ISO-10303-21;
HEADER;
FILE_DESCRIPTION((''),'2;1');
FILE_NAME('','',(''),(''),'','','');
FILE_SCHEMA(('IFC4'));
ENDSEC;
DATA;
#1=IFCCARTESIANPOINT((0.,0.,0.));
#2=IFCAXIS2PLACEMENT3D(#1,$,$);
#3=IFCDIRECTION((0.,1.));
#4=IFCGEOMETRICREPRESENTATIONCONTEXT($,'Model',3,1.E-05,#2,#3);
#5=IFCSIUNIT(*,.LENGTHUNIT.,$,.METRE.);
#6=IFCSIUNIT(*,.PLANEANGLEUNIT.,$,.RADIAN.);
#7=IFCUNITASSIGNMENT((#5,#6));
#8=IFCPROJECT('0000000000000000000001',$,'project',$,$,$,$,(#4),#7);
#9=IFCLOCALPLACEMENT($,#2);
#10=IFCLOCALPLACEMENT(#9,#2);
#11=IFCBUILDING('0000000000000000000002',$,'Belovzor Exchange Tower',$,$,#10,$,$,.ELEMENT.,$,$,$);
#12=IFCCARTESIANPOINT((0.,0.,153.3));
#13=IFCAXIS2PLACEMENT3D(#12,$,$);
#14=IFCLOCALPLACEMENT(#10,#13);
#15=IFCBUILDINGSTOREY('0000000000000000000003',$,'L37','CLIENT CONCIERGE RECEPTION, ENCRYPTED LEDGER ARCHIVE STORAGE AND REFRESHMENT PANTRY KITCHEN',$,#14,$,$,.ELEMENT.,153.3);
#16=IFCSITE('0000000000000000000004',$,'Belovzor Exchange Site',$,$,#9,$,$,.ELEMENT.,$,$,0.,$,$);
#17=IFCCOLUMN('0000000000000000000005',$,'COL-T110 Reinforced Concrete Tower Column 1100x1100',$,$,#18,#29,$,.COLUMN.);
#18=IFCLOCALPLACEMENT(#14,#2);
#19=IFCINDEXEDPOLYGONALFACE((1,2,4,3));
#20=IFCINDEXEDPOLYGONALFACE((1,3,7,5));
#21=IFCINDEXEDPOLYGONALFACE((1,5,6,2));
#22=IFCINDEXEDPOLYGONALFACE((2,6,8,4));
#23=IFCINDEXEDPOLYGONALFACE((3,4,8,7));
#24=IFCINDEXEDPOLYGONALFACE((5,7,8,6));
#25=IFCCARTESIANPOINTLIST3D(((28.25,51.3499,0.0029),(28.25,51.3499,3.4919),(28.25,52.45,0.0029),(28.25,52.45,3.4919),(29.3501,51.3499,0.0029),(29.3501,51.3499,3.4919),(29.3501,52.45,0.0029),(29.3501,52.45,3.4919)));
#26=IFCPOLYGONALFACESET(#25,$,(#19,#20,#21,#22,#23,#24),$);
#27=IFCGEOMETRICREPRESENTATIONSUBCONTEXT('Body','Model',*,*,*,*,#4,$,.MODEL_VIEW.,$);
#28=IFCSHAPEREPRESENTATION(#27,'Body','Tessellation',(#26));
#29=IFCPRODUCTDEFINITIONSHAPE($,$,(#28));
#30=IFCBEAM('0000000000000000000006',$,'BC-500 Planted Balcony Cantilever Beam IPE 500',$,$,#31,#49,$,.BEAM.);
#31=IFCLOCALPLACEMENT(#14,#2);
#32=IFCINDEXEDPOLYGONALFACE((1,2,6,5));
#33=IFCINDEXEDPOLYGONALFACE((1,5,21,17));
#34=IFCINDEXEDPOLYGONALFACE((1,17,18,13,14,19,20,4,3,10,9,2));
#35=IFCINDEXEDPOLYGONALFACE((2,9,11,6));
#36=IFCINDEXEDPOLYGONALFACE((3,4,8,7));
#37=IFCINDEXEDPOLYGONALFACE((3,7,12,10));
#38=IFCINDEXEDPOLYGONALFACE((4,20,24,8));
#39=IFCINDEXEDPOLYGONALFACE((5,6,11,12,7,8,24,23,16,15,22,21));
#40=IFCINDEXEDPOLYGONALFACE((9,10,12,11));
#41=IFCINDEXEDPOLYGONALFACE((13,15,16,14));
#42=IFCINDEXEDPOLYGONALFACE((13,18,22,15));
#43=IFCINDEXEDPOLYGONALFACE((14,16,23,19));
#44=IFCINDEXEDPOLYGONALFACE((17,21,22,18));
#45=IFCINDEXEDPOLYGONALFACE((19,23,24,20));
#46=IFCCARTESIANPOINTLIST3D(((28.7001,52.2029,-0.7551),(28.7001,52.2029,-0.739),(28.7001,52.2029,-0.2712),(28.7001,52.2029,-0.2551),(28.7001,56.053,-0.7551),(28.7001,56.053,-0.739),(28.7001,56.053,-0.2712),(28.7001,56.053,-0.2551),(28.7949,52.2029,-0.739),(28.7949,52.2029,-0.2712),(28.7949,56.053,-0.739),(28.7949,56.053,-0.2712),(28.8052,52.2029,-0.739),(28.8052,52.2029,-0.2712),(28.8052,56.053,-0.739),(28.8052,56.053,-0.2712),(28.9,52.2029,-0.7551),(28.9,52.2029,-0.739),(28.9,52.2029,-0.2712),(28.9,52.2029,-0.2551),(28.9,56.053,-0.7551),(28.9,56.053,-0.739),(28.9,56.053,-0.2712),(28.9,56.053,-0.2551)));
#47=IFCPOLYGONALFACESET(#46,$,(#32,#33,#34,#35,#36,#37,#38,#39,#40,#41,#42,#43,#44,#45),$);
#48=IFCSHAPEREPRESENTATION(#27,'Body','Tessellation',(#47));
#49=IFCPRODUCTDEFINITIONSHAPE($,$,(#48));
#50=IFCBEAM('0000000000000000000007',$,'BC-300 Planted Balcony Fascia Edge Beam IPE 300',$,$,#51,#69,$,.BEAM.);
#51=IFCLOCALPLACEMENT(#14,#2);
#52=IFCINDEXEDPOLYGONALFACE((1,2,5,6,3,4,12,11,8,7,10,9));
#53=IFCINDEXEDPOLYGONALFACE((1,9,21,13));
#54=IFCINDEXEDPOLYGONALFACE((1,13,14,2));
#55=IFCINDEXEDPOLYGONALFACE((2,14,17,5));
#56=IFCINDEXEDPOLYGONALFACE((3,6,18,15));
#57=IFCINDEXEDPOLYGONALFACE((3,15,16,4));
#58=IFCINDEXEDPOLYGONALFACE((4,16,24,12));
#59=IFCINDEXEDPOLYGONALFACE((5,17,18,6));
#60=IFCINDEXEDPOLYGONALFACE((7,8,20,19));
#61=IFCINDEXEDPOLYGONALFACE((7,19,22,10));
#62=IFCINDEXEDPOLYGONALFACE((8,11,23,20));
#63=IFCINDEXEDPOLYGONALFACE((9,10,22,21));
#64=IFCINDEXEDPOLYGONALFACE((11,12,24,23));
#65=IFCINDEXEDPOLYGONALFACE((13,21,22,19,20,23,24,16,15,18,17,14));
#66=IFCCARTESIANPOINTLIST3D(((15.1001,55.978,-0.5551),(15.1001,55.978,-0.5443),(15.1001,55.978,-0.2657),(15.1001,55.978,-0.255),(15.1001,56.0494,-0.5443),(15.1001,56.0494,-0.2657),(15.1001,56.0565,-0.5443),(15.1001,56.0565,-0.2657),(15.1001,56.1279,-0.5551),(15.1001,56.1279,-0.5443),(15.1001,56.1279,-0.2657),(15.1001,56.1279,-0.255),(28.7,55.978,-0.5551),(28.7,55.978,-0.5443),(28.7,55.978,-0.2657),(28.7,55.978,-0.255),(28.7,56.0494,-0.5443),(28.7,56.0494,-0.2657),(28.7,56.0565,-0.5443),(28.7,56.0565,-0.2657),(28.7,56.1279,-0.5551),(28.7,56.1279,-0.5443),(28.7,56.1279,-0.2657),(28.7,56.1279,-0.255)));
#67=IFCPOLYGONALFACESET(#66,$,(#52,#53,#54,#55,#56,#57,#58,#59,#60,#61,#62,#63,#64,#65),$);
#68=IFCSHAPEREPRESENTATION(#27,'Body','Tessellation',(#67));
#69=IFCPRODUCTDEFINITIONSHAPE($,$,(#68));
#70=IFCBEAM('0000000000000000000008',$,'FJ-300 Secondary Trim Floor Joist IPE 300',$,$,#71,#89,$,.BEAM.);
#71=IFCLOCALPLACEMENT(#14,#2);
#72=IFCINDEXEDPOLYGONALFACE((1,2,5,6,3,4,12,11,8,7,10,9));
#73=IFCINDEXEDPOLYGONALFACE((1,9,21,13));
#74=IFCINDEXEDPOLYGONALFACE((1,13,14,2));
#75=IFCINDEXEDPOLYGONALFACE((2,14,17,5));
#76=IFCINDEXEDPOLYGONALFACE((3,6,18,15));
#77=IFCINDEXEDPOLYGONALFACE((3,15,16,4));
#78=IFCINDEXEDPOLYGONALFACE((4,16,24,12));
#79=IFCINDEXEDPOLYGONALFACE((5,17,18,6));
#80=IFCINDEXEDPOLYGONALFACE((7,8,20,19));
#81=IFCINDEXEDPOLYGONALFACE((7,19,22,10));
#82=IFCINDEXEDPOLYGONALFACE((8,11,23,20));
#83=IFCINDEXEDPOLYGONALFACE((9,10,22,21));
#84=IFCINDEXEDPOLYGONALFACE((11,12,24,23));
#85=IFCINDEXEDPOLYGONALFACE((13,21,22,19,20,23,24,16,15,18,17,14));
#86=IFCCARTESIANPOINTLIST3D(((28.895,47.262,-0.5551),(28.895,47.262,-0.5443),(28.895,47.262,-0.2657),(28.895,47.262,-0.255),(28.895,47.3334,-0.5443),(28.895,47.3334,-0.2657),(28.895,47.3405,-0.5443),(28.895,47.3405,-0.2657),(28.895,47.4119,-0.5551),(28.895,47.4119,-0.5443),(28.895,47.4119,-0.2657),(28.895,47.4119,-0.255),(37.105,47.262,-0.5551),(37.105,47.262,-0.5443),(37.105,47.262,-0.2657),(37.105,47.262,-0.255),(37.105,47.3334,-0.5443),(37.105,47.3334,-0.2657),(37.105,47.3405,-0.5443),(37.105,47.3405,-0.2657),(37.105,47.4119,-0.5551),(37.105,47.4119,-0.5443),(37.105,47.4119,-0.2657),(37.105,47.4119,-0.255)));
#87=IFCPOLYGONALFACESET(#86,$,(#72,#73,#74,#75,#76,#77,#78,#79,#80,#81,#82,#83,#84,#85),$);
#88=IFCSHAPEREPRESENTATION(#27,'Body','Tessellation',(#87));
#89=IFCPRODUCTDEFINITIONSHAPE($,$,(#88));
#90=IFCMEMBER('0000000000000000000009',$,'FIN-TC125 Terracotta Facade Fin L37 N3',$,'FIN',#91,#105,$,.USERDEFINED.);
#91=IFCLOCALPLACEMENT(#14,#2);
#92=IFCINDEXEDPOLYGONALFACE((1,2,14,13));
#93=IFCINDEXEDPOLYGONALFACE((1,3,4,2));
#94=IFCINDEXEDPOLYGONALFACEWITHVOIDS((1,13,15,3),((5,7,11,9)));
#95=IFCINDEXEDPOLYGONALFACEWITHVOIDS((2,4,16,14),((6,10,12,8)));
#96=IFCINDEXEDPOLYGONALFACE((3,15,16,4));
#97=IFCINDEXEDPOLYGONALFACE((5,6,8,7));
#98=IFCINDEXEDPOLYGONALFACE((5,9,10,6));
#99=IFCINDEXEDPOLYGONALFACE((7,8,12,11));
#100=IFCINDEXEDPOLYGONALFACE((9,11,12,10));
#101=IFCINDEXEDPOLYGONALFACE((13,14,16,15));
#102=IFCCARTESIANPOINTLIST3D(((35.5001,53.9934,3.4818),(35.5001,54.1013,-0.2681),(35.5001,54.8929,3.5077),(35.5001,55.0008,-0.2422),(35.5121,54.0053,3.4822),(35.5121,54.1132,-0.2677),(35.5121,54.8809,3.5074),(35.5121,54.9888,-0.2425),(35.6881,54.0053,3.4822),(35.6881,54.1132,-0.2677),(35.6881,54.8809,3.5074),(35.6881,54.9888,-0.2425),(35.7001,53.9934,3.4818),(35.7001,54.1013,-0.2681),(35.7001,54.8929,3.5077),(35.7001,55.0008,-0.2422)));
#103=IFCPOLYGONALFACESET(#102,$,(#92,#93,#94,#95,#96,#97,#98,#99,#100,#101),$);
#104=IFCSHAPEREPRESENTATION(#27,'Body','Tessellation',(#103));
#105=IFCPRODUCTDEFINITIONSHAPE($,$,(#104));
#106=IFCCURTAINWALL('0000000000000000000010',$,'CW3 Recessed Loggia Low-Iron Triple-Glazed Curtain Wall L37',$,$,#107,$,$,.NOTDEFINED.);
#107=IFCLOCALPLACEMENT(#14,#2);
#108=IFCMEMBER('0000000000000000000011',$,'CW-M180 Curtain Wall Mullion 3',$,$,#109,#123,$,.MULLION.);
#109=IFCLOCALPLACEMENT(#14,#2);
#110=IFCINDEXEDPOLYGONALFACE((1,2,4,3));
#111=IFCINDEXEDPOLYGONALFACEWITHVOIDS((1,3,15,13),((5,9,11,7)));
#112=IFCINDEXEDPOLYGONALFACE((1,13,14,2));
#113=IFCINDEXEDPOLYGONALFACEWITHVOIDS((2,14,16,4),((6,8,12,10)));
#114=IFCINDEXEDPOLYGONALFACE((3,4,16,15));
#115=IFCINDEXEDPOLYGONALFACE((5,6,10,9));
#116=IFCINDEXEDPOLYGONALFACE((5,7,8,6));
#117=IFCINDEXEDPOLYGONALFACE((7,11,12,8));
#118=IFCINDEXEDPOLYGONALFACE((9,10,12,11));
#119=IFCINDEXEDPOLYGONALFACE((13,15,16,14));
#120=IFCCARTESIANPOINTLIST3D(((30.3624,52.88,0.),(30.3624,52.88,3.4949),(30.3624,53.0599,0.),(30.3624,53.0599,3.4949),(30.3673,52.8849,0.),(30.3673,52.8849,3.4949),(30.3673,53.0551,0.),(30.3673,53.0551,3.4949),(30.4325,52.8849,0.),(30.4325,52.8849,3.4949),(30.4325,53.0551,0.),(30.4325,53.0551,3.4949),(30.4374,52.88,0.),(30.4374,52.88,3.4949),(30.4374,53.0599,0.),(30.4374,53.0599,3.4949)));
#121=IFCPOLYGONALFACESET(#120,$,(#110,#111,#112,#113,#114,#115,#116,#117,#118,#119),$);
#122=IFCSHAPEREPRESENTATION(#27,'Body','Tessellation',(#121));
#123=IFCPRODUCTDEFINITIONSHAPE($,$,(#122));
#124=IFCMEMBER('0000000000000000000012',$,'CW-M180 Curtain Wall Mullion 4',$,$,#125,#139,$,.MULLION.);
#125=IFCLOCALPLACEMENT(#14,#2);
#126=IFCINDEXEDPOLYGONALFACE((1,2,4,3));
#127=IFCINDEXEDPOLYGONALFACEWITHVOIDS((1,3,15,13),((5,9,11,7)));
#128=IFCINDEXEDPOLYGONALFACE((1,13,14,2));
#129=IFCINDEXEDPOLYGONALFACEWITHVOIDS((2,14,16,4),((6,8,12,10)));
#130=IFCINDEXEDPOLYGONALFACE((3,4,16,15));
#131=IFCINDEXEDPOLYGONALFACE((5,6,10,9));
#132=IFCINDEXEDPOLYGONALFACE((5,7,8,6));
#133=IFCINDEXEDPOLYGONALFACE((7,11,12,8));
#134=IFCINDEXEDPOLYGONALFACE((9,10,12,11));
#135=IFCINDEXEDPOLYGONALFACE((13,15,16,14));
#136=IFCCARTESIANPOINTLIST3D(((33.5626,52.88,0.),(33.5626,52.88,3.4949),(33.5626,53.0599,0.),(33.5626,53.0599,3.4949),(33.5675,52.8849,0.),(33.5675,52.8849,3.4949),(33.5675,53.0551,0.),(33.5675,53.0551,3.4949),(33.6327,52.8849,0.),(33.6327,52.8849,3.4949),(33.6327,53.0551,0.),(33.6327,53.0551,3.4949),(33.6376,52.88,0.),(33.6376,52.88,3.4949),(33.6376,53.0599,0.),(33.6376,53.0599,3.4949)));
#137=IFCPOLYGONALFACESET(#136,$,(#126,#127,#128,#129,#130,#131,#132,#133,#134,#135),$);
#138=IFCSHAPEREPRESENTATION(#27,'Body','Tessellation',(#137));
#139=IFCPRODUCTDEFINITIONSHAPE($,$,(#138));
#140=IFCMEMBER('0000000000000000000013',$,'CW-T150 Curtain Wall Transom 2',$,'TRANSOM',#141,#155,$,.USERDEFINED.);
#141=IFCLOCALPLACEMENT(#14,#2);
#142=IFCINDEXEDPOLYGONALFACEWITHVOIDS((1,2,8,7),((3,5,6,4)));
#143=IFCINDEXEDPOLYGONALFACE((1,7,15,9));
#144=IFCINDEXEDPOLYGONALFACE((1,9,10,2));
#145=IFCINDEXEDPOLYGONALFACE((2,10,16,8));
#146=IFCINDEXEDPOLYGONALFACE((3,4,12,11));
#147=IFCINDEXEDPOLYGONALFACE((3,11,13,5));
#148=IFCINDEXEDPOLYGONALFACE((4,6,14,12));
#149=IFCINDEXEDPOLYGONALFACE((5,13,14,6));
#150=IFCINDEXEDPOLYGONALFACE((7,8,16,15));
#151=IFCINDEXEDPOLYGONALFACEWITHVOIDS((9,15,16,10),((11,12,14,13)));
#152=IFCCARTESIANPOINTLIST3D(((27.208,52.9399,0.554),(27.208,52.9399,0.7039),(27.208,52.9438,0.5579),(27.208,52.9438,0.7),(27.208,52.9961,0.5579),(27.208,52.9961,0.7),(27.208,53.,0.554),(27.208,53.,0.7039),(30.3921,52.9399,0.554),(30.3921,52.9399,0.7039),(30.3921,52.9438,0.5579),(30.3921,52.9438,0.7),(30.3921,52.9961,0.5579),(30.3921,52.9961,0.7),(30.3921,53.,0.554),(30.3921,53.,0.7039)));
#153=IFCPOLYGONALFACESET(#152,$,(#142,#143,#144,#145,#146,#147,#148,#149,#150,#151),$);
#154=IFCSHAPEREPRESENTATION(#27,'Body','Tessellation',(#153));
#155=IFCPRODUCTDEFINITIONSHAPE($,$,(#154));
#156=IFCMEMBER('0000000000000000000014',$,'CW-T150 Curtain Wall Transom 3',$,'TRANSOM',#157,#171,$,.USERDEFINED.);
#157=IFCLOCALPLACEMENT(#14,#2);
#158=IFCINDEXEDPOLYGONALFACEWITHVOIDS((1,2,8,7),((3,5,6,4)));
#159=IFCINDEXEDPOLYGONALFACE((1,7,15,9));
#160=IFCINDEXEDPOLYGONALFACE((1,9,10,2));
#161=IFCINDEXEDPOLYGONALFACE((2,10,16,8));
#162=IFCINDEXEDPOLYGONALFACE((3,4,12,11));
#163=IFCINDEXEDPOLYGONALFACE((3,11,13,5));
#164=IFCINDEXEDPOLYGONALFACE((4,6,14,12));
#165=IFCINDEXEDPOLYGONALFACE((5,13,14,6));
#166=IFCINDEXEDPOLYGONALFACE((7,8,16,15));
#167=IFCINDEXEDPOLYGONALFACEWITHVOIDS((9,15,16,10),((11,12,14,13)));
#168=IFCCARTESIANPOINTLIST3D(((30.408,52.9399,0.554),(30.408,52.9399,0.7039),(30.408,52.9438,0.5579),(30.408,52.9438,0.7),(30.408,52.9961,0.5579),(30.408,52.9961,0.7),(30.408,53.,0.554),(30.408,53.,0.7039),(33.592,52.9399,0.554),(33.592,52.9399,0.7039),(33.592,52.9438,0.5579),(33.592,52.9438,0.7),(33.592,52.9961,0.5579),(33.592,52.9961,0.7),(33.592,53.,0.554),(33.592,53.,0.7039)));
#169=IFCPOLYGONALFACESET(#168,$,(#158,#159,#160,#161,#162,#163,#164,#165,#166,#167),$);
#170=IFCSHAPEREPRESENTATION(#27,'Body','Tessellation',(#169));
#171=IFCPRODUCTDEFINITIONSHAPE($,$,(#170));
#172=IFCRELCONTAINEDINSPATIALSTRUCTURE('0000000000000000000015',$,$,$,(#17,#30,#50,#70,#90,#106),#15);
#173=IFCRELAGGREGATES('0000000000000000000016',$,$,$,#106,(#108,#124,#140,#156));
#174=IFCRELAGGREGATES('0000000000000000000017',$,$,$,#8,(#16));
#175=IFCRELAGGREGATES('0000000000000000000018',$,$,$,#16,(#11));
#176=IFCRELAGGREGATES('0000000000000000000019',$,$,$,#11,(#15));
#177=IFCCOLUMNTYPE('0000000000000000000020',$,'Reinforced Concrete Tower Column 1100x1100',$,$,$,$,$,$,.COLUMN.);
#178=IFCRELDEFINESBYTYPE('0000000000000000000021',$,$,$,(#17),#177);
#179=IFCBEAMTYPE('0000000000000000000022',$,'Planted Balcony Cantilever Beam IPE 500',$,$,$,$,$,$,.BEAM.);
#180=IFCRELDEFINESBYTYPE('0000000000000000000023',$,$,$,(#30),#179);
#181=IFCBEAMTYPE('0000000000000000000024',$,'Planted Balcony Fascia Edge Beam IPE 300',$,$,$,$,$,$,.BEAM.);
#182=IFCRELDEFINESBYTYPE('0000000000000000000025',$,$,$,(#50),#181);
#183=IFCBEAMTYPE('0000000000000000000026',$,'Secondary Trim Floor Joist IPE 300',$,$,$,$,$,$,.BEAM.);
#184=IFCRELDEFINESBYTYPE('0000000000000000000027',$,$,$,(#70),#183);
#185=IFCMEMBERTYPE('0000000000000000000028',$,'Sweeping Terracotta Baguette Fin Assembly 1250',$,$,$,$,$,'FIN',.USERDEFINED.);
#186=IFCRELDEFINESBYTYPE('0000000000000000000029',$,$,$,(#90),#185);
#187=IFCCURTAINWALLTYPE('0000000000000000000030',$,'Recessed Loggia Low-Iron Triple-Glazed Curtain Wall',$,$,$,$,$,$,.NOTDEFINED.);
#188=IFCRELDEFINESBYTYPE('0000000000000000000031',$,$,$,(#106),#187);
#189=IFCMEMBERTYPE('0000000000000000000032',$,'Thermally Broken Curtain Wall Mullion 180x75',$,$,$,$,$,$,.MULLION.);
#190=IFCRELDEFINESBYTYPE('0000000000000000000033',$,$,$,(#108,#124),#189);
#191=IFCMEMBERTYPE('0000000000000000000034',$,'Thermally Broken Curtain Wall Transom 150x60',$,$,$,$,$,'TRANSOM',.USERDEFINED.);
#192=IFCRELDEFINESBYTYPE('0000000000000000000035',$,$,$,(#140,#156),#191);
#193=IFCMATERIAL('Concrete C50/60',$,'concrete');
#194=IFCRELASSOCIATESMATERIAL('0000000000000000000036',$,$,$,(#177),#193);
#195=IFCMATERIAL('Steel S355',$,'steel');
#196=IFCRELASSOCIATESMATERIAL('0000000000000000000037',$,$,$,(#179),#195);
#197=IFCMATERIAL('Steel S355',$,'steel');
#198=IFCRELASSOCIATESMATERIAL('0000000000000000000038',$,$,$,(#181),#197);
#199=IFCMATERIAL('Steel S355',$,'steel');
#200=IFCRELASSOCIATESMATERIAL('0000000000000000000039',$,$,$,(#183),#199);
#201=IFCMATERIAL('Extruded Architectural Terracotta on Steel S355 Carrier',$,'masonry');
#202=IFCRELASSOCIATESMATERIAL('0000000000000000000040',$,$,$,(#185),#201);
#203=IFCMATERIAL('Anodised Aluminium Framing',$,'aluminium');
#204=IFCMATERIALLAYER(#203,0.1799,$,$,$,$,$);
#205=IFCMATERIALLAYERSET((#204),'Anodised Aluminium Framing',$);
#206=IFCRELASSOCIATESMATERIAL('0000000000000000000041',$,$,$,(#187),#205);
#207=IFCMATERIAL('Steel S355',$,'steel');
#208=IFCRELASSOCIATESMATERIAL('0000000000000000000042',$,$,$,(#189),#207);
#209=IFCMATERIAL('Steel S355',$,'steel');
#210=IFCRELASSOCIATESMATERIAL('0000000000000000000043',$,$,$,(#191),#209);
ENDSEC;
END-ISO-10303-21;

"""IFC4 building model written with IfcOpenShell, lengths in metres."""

from ifc_helpers import new_model, si_unit, direction, frame, origin, origin_2d, place, context, subcontext, project, spatial, rectangle, hollow_rectangle, i_section, extrude, material, layer, layer_set, material_profile, profile_set, type_object, element, aggregate, save


model = new_model("IFC4")

# Units and contexts
model_context = context("Model", 3, precision=1e-05, world=origin(), true_north=direction((0.0, 1.0)))
body_context = subcontext(model_context, "Body", "Model", "MODEL_VIEW")
ifc_project = project(units=[si_unit("LENGTHUNIT", "METRE"), si_unit("PLANEANGLEUNIT", "RADIAN")], contexts=[model_context])

# Site, building, storey
site_placement = place(None, origin())
site = spatial("IfcSite", under=ifc_project, at=site_placement, Name="Belovzor Exchange Site", CompositionType="ELEMENT", RefElevation=0.0)
building_placement = place(site_placement, origin())
building = spatial("IfcBuilding", under=site, at=building_placement, Name="Belovzor Exchange Tower", CompositionType="ELEMENT")
storey_placement = place(building_placement, frame((0.0, 0.0, 153.3)))
storey = spatial("IfcBuildingStorey", under=building, at=storey_placement, Name="L37", Description="CLIENT CONCIERGE RECEPTION, ENCRYPTED LEDGER ARCHIVE STORAGE AND REFRESHMENT PANTRY KITCHEN", CompositionType="ELEMENT", Elevation=153.3)

# Column
ifc_material_1 = material(Name="Concrete C50/60", Category="concrete")
ifc_material_profile_1 = material_profile(ifc_material_1, rectangle(XDim=1.1001, YDim=1.1001, at=origin_2d()))
ifc_profile_set_1 = profile_set([ifc_material_profile_1], Name="Concrete C50/60")
column_type = type_object("IfcColumnType", Name="Reinforced Concrete Tower Column 1100x1100", PredefinedType="COLUMN", material=ifc_profile_set_1)
column_placement = place(storey_placement, frame((28.8, 51.8999, 0.0029), z_axis=(0.0, 0.0, 1.0), x_axis=(1.0, 0.0, 0.0)))
element("IfcColumn", 1, at=column_placement, inside=storey, type_object=column_type, Name="COL-T110 Reinforced Concrete Tower Column 1100x1100", PredefinedType="COLUMN", context=body_context, shape_type="SweptSolid", body=[
    extrude(rectangle(XDim=1.1001, YDim=1.1001, at=origin_2d()), origin(), (0.0, 0.0, 1.0), 3.489),
])

# Beams
ifc_material_2 = material(Name="Steel S355", Category="steel")
ifc_material_profile_2 = material_profile(ifc_material_2, i_section(OverallWidth=0.2, OverallDepth=0.5, WebThickness=0.0103, FlangeThickness=0.0161, at=origin_2d()))
ifc_profile_set_2 = profile_set([ifc_material_profile_2], Name="Steel S355")
beam_type_1 = type_object("IfcBeamType", Name="Planted Balcony Cantilever Beam IPE 500", PredefinedType="BEAM", material=ifc_profile_set_2)
beam_1_placement = place(storey_placement, frame((28.8, 52.2029, -0.5051), z_axis=(0.0, 1.0, 0.0), x_axis=(-1.0, 0.0, 0.0)))
element("IfcBeam", 2, at=beam_1_placement, inside=storey, type_object=beam_type_1, Name="BC-500 Planted Balcony Cantilever Beam IPE 500", PredefinedType="BEAM", context=body_context, shape_type="SweptSolid", body=[
    extrude(i_section(OverallWidth=0.2, OverallDepth=0.5, WebThickness=0.0103, FlangeThickness=0.0161, at=origin_2d()), origin(), (0.0, 0.0, 1.0), 3.8501),
])
ifc_material_3 = material(Name="Steel S355", Category="steel")
ifc_material_profile_3 = material_profile(ifc_material_3, i_section(OverallWidth=0.1499, OverallDepth=0.3, WebThickness=0.0071, FlangeThickness=0.0107, at=origin_2d()))
ifc_profile_set_3 = profile_set([ifc_material_profile_3], Name="Steel S355")
beam_type_2 = type_object("IfcBeamType", Name="Planted Balcony Fascia Edge Beam IPE 300", PredefinedType="BEAM", material=ifc_profile_set_3)
beam_2_placement = place(storey_placement, frame((28.7, 56.053, -0.405), z_axis=(-1.0, 0.0, 0.0), x_axis=(0.0, -1.0, 0.0)))
element("IfcBeam", 3, at=beam_2_placement, inside=storey, type_object=beam_type_2, Name="BC-300 Planted Balcony Fascia Edge Beam IPE 300", PredefinedType="BEAM", context=body_context, shape_type="SweptSolid", body=[
    extrude(i_section(OverallWidth=0.1499, OverallDepth=0.3, WebThickness=0.0071, FlangeThickness=0.0107, at=origin_2d()), origin(), (0.0, 0.0, 1.0), 13.5999),
])
ifc_material_4 = material(Name="Steel S355", Category="steel")
ifc_material_profile_4 = material_profile(ifc_material_4, i_section(OverallWidth=0.1499, OverallDepth=0.3, WebThickness=0.0071, FlangeThickness=0.0107, at=origin_2d()))
ifc_profile_set_4 = profile_set([ifc_material_profile_4], Name="Steel S355")
beam_type_3 = type_object("IfcBeamType", Name="Secondary Trim Floor Joist IPE 300", PredefinedType="BEAM", material=ifc_profile_set_4)
beam_3_placement = place(storey_placement, frame((28.895, 47.3369, -0.405), z_axis=(1.0, 0.0, 0.0), x_axis=(0.0, 1.0, 0.0)))
element("IfcBeam", 4, at=beam_3_placement, inside=storey, type_object=beam_type_3, Name="FJ-300 Secondary Trim Floor Joist IPE 300", PredefinedType="BEAM", context=body_context, shape_type="SweptSolid", body=[
    extrude(i_section(OverallWidth=0.1499, OverallDepth=0.3, WebThickness=0.0071, FlangeThickness=0.0107, at=origin_2d()), origin(), (0.0, 0.0, 1.0), 8.21),
])

# Member
ifc_material_5 = material(Name="Extruded Architectural Terracotta on Steel S355 Carrier", Category="masonry")
ifc_material_profile_5 = material_profile(ifc_material_5, hollow_rectangle(XDim=0.2, YDim=0.8999, WallThickness=0.012, at=origin_2d()))
ifc_profile_set_5 = profile_set([ifc_material_profile_5], Name="Extruded Architectural Terracotta on Steel S355 Carrier")
member_type_1 = type_object("IfcMemberType", Name="Sweeping Terracotta Baguette Fin Assembly 1250", ElementType="FIN", PredefinedType="USERDEFINED", material=ifc_profile_set_5)
member_1_placement = place(storey_placement, frame((35.6001, 54.551, -0.2551), z_axis=(0.0, -0.028764, 0.999586), x_axis=(1.0, 0.0, 0.0)))
element("IfcMember", 5, at=member_1_placement, inside=storey, type_object=member_type_1, Name="FIN-TC125 Terracotta Facade Fin L37 N3", ObjectType="FIN", PredefinedType="USERDEFINED", context=body_context, shape_type="SweptSolid", body=[
    extrude(hollow_rectangle(XDim=0.2, YDim=0.8999, WallThickness=0.012, at=origin_2d()), origin(), (0.0, 0.0, 1.0), 3.7515),
])

# Curtain wall, members
ifc_material_6 = material(Name="Anodised Aluminium Framing", Category="aluminium")
ifc_layer_1 = layer(ifc_material_6, 0.1799)
ifc_layer_set_1 = layer_set([ifc_layer_1], Name="Anodised Aluminium Framing")
curtain_wall_type = type_object("IfcCurtainWallType", Name="Recessed Loggia Low-Iron Triple-Glazed Curtain Wall", PredefinedType="NOTDEFINED", material=ifc_layer_set_1)
curtain_wall_placement = place(storey_placement, origin())
curtain_wall = element("IfcCurtainWall", 6, at=curtain_wall_placement, inside=storey, type_object=curtain_wall_type, Name="CW3 Recessed Loggia Low-Iron Triple-Glazed Curtain Wall L37", PredefinedType="NOTDEFINED")
ifc_material_7 = material(Name="Steel S355", Category="steel")
ifc_material_profile_6 = material_profile(ifc_material_7, hollow_rectangle(XDim=0.075, YDim=0.1799, WallThickness=0.0049, at=origin_2d()))
ifc_profile_set_6 = profile_set([ifc_material_profile_6], Name="Steel S355")
member_type_2 = type_object("IfcMemberType", Name="Thermally Broken Curtain Wall Mullion 180x75", PredefinedType="MULLION", material=ifc_profile_set_6)
member_2_placement = place(storey_placement, frame((30.3999, 52.97, 0.0), z_axis=(0.0, 0.0, 1.0), x_axis=(1.0, 0.0, 0.0)))
member_2 = element("IfcMember", 7, at=member_2_placement, type_object=member_type_2, Name="CW-M180 Curtain Wall Mullion 3", PredefinedType="MULLION", context=body_context, shape_type="SweptSolid", body=[
    extrude(hollow_rectangle(XDim=0.075, YDim=0.1799, WallThickness=0.0049, at=origin_2d()), origin(), (0.0, 0.0, 1.0), 3.4949),
])
member_3_placement = place(storey_placement, frame((33.6001, 52.97, 0.0), z_axis=(0.0, 0.0, 1.0), x_axis=(1.0, 0.0, 0.0)))
member_3 = element("IfcMember", 8, at=member_3_placement, type_object=member_type_2, Name="CW-M180 Curtain Wall Mullion 4", PredefinedType="MULLION", context=body_context, shape_type="SweptSolid", body=[
    extrude(hollow_rectangle(XDim=0.075, YDim=0.1799, WallThickness=0.0049, at=origin_2d()), origin(), (0.0, 0.0, 1.0), 3.4949),
])
ifc_material_8 = material(Name="Steel S355", Category="steel")
ifc_material_profile_7 = material_profile(ifc_material_8, hollow_rectangle(XDim=0.0601, YDim=0.1499, WallThickness=0.0039, at=origin_2d()))
ifc_profile_set_7 = profile_set([ifc_material_profile_7], Name="Steel S355")
member_type_3 = type_object("IfcMemberType", Name="Thermally Broken Curtain Wall Transom 150x60", ElementType="TRANSOM", PredefinedType="USERDEFINED", material=ifc_profile_set_7)
member_4_placement = place(storey_placement, frame((27.208, 52.97, 0.6289), z_axis=(1.0, 0.0, 0.0), x_axis=(0.0, 1.0, 0.0)))
member_4 = element("IfcMember", 9, at=member_4_placement, type_object=member_type_3, Name="CW-T150 Curtain Wall Transom 2", ObjectType="TRANSOM", PredefinedType="USERDEFINED", context=body_context, shape_type="SweptSolid", body=[
    extrude(hollow_rectangle(XDim=0.0601, YDim=0.1499, WallThickness=0.0039, at=origin_2d()), origin(), (0.0, 0.0, 1.0), 3.1841),
])
member_5_placement = place(storey_placement, frame((30.408, 52.97, 0.6289), z_axis=(1.0, 0.0, 0.0), x_axis=(0.0, 1.0, 0.0)))
member_5 = element("IfcMember", 10, at=member_5_placement, type_object=member_type_3, Name="CW-T150 Curtain Wall Transom 3", ObjectType="TRANSOM", PredefinedType="USERDEFINED", context=body_context, shape_type="SweptSolid", body=[
    extrude(hollow_rectangle(XDim=0.0601, YDim=0.1499, WallThickness=0.0039, at=origin_2d()), origin(), (0.0, 0.0, 1.0), 3.1841),
])

aggregate(curtain_wall, [member_2, member_3, member_4, member_5])

save(model, "model.ifc")
